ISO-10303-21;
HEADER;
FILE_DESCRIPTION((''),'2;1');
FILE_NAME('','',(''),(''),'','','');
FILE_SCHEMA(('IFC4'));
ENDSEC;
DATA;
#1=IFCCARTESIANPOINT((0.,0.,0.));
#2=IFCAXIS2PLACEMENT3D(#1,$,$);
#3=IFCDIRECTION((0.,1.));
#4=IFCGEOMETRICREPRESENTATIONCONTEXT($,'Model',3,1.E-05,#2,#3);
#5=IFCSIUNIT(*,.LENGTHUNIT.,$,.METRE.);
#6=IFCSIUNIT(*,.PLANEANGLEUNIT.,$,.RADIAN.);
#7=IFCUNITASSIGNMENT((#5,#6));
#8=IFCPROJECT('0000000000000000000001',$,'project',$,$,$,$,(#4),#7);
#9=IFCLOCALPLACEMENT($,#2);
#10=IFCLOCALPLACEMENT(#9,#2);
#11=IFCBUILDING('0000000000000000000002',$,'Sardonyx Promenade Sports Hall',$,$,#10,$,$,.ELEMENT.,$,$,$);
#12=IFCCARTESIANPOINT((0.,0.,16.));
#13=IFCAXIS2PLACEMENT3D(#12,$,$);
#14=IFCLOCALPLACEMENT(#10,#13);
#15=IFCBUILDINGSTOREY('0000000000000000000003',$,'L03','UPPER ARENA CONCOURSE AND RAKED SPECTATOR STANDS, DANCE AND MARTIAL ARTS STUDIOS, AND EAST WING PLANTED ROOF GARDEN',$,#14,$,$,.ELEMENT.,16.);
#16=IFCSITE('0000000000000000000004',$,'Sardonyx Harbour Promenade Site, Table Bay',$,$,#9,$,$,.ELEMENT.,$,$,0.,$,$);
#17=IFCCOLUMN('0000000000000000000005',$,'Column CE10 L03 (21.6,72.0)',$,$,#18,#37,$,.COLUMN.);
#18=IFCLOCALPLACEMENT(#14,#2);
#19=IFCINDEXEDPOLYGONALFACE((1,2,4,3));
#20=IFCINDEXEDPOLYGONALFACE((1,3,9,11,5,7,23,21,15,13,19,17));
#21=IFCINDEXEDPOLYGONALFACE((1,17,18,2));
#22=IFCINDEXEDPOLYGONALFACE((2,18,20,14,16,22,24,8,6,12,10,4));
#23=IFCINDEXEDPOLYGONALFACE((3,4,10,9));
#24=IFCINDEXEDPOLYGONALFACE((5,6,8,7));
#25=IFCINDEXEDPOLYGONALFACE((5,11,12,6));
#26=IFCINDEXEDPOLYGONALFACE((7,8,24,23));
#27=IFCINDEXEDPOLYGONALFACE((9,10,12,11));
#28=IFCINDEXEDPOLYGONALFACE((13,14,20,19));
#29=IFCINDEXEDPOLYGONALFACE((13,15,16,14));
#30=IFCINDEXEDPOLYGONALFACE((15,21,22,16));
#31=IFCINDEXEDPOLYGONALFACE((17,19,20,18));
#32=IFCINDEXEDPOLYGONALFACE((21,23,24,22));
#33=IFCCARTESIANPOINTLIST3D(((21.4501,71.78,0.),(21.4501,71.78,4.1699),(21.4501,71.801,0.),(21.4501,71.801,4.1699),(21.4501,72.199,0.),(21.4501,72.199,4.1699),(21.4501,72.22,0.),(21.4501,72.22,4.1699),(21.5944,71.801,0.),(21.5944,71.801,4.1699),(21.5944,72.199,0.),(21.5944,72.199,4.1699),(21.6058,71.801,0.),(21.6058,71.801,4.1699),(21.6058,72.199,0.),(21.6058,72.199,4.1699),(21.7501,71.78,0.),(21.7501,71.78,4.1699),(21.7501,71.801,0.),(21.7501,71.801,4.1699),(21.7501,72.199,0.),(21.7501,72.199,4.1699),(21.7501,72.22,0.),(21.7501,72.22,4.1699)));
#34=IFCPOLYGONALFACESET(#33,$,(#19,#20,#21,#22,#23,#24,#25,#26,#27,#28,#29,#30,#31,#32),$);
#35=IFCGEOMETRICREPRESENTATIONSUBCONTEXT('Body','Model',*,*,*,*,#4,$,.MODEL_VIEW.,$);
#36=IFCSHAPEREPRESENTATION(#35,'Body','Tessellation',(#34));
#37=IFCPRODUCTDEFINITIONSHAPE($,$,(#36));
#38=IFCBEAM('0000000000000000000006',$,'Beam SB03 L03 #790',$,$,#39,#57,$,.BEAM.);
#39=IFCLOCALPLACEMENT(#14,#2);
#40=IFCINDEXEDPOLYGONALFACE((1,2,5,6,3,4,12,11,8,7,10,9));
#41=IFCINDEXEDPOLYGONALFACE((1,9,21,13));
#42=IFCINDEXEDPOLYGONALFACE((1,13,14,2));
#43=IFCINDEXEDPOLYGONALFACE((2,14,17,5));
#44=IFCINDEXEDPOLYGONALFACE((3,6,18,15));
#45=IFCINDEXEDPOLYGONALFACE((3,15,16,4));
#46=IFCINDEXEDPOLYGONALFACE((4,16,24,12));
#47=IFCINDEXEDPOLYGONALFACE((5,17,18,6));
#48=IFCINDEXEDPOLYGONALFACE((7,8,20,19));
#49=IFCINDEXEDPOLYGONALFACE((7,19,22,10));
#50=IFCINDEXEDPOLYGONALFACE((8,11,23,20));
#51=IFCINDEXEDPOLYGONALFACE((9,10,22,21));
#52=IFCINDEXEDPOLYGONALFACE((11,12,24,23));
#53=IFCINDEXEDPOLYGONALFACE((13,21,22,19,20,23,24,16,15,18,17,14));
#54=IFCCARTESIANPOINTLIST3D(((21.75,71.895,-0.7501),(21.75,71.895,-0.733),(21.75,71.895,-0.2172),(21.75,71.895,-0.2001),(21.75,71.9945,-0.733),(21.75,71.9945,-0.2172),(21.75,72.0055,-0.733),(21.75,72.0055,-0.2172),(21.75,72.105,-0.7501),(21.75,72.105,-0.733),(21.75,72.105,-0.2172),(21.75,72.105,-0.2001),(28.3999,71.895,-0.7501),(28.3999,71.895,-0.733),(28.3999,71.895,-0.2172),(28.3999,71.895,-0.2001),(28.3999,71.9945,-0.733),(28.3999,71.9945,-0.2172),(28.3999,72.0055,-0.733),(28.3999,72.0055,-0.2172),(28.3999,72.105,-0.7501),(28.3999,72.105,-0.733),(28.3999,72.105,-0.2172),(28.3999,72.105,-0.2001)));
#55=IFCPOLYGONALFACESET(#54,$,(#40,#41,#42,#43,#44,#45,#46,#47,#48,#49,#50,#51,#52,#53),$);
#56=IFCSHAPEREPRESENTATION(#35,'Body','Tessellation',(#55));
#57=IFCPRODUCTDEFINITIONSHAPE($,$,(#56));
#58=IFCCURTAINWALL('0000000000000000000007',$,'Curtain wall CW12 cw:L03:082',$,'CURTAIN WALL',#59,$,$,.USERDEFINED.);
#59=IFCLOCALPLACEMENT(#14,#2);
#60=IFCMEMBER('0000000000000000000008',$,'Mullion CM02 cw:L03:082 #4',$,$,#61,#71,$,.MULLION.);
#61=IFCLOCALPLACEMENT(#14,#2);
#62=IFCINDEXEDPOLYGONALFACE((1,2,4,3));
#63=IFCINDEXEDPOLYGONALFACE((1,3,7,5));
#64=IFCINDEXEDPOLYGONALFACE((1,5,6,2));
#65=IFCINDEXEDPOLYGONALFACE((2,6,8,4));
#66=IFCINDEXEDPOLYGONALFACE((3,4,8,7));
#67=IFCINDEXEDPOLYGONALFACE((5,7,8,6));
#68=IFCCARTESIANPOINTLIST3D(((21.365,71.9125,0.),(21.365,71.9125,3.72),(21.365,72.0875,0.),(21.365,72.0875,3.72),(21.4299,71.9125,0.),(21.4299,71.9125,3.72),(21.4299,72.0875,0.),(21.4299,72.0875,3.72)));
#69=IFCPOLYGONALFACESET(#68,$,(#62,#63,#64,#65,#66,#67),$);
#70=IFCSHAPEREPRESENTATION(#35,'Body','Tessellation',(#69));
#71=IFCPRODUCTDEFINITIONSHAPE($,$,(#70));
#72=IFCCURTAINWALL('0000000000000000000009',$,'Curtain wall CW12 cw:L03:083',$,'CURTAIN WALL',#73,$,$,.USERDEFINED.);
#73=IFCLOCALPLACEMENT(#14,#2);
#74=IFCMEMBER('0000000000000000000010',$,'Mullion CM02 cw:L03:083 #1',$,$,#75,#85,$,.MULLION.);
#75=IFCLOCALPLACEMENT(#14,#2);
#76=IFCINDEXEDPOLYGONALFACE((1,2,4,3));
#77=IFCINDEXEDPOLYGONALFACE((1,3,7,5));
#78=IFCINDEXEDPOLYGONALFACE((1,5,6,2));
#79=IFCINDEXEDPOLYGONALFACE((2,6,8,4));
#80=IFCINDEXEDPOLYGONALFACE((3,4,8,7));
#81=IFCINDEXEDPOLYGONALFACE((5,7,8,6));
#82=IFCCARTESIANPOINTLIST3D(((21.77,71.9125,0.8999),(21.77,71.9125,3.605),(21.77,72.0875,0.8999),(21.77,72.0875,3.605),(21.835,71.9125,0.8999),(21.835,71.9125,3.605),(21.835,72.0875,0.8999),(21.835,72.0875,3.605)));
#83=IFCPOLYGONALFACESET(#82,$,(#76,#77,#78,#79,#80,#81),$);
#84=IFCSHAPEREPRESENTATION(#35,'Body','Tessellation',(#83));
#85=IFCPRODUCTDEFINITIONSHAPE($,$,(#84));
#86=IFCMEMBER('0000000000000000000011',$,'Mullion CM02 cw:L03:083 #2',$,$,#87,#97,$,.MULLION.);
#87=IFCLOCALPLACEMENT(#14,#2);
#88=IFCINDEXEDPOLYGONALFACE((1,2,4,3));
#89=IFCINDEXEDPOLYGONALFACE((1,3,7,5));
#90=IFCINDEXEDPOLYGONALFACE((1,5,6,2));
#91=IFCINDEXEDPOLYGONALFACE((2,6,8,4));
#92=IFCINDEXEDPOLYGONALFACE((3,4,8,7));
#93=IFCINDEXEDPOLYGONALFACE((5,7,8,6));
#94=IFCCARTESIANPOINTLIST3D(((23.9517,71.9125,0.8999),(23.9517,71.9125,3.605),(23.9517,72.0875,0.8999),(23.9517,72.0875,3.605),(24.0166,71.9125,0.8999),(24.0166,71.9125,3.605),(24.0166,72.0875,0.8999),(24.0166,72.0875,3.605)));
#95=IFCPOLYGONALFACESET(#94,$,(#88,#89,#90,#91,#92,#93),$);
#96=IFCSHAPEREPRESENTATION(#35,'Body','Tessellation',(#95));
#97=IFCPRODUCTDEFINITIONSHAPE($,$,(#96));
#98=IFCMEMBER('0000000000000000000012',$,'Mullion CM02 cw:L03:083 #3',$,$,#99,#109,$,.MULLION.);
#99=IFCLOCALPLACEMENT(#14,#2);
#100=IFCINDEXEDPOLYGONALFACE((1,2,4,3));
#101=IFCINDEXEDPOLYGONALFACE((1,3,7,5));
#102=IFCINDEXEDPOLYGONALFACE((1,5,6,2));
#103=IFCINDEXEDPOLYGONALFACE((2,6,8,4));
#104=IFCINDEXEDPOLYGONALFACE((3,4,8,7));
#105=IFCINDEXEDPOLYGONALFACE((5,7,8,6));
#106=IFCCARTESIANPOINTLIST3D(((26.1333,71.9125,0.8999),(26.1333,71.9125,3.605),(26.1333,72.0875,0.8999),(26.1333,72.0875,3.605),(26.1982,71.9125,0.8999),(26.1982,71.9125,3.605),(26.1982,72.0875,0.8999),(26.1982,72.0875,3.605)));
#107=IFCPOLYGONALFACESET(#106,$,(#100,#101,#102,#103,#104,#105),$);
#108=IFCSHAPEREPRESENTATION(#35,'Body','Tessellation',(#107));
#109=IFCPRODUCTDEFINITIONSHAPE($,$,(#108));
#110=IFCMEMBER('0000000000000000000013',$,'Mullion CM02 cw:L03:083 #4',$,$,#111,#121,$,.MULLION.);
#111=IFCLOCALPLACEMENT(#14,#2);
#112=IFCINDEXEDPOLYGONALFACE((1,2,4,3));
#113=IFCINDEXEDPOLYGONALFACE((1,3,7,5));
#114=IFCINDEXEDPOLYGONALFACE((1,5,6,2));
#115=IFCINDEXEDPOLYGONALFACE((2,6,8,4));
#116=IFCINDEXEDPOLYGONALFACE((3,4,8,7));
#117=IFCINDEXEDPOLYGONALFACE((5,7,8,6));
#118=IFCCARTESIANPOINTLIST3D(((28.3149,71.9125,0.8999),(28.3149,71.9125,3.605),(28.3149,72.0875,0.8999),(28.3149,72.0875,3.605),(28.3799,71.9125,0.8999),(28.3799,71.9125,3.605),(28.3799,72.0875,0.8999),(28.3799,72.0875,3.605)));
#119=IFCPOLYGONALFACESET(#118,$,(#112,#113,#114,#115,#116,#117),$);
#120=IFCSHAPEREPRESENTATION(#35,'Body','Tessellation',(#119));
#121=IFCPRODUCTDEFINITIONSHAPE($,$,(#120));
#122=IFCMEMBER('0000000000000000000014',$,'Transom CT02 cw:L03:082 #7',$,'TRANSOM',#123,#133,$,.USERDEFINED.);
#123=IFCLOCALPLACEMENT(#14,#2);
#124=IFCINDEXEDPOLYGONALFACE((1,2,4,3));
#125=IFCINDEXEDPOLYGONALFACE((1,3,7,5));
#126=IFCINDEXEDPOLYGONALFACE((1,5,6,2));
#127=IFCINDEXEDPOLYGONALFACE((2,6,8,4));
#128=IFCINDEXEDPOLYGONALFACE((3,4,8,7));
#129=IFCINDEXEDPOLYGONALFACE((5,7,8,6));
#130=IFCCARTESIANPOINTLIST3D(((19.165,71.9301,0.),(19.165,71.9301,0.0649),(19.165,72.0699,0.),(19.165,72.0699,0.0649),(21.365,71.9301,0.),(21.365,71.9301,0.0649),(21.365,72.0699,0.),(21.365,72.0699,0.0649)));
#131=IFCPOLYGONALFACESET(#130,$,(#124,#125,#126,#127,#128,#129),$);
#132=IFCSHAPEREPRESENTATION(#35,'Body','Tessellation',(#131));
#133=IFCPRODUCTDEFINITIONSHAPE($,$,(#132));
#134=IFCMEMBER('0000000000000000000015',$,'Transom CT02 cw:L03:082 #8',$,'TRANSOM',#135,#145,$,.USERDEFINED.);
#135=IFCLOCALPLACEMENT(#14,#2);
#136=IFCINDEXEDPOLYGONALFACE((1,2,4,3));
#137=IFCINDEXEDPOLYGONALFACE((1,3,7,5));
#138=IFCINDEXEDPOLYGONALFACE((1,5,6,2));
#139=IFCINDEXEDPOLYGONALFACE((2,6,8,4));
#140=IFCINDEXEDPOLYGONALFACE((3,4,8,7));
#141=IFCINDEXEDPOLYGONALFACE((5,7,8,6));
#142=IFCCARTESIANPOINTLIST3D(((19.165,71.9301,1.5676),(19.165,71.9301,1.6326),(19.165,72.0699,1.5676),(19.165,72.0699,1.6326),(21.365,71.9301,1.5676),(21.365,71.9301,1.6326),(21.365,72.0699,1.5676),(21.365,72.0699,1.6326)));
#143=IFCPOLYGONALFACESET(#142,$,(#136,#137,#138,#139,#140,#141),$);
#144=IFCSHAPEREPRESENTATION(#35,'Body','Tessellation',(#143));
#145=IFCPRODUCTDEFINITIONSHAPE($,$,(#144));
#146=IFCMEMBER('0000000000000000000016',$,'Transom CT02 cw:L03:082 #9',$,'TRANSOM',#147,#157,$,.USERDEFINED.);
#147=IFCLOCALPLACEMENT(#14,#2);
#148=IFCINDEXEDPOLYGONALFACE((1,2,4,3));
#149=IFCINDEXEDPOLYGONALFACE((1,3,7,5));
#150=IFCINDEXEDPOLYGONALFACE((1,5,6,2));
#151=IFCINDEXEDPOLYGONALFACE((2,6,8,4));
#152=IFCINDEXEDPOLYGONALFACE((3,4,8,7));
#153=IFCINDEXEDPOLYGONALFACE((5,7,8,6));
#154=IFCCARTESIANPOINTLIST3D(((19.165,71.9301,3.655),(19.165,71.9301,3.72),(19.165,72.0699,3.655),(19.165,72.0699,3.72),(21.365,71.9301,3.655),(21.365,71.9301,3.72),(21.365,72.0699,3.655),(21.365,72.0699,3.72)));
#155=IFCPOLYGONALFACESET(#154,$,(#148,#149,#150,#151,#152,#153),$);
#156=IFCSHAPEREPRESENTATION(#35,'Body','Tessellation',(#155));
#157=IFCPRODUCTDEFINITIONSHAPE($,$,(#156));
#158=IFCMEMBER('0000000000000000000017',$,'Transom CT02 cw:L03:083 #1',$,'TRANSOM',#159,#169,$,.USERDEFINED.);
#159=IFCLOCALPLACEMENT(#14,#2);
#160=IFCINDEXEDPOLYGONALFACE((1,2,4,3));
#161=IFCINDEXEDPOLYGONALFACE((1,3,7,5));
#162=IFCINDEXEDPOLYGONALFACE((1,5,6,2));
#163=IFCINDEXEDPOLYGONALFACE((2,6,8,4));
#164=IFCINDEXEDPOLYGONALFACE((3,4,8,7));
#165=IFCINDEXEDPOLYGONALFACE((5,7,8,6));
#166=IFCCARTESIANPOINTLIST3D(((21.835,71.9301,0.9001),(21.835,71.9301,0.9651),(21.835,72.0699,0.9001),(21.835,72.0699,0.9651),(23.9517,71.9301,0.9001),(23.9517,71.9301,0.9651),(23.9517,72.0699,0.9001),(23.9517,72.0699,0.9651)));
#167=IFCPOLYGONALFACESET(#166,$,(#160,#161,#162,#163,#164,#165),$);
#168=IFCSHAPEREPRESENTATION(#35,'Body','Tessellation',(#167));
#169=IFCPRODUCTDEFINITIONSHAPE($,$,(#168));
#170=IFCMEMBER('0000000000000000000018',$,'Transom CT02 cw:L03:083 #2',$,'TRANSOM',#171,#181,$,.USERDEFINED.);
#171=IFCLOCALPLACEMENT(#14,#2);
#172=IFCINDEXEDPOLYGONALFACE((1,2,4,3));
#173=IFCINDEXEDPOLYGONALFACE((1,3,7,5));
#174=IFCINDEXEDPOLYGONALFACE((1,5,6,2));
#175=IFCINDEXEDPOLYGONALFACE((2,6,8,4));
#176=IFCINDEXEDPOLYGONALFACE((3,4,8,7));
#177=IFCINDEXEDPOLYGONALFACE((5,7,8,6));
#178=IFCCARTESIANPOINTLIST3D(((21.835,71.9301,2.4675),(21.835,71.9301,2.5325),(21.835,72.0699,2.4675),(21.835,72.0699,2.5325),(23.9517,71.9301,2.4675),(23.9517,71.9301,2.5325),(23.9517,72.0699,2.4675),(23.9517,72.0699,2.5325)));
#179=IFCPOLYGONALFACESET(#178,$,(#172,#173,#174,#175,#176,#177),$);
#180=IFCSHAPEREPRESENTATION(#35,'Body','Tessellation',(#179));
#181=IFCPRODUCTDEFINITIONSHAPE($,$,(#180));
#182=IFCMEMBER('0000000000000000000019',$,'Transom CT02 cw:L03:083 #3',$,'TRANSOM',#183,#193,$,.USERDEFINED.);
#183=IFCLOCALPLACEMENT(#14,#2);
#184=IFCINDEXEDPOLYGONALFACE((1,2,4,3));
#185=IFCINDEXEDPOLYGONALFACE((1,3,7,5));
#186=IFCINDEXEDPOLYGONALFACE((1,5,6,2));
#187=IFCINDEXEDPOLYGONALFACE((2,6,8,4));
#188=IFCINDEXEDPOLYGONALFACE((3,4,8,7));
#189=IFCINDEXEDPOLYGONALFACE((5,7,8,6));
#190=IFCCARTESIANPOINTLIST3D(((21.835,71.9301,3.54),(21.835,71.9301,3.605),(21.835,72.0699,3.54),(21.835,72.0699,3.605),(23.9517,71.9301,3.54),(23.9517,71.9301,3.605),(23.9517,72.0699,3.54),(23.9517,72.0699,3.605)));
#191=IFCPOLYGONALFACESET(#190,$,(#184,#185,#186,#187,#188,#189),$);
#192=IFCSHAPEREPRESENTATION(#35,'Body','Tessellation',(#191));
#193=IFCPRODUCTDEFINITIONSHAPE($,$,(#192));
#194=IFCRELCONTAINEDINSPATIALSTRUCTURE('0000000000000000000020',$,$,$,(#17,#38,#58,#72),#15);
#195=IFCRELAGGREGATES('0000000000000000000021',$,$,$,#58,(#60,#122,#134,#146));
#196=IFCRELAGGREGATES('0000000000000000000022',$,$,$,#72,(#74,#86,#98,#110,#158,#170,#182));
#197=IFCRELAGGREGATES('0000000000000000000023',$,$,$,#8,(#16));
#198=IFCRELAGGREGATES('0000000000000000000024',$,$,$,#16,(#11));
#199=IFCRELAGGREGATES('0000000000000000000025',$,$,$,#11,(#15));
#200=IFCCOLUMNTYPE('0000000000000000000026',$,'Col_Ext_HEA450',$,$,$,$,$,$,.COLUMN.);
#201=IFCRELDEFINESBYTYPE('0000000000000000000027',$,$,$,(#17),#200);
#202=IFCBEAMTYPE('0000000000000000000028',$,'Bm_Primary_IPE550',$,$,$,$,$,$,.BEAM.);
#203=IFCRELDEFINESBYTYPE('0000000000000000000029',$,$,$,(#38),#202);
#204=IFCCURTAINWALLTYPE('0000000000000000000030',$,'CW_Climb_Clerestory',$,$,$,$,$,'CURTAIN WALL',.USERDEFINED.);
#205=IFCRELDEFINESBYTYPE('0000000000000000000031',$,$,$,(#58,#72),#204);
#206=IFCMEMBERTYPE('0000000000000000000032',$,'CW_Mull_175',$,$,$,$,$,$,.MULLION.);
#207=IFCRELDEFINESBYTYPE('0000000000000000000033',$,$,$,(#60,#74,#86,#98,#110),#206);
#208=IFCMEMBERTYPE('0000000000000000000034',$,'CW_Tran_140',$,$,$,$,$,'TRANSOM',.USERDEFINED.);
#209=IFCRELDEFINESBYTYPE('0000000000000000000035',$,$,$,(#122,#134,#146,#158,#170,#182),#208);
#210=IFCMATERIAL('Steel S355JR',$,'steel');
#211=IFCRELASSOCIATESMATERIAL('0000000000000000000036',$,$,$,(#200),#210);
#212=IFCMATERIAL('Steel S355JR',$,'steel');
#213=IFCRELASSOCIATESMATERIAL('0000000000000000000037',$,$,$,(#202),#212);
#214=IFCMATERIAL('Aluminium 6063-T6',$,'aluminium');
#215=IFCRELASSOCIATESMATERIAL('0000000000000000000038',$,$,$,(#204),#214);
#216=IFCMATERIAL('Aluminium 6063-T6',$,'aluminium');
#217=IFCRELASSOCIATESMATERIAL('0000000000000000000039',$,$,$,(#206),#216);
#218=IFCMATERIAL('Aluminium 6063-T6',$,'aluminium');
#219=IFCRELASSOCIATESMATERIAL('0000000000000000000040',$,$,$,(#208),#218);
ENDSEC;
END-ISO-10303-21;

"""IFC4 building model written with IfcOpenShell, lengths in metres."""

from ifc_helpers import new_model, si_unit, direction, frame, origin, origin_2d, place, context, subcontext, project, spatial, rectangle, i_section, extrude, material, material_profile, profile_set, type_object, element, aggregate, save


model = new_model("IFC4")

# Units and contexts
model_context = context("Model", 3, precision=1e-05, world=origin(), true_north=direction((0.0, 1.0)))
body_context = subcontext(model_context, "Body", "Model", "MODEL_VIEW")
ifc_project = project(units=[si_unit("LENGTHUNIT", "METRE"), si_unit("PLANEANGLEUNIT", "RADIAN")], contexts=[model_context])

# Site, building, storey
site_placement = place(None, origin())
site = spatial("IfcSite", under=ifc_project, at=site_placement, Name="Sardonyx Harbour Promenade Site, Table Bay", CompositionType="ELEMENT", RefElevation=0.0)
building_placement = place(site_placement, origin())
building = spatial("IfcBuilding", under=site, at=building_placement, Name="Sardonyx Promenade Sports Hall", CompositionType="ELEMENT")
storey_placement = place(building_placement, frame((0.0, 0.0, 16.0)))
storey = spatial("IfcBuildingStorey", under=building, at=storey_placement, Name="L03", Description="UPPER ARENA CONCOURSE AND RAKED SPECTATOR STANDS, DANCE AND MARTIAL ARTS STUDIOS, AND EAST WING PLANTED ROOF GARDEN", CompositionType="ELEMENT", Elevation=16.0)

# Column
ifc_material_1 = material(Name="Steel S355JR", Category="steel")
ifc_material_profile_1 = material_profile(ifc_material_1, i_section(OverallWidth=0.3, OverallDepth=0.4399, WebThickness=0.0115, FlangeThickness=0.021, at=origin_2d()))
ifc_profile_set_1 = profile_set([ifc_material_profile_1], Name="Steel S355JR")
column_type = type_object("IfcColumnType", Name="Col_Ext_HEA450", PredefinedType="COLUMN", material=ifc_profile_set_1)
column_placement = place(storey_placement, frame((21.6001, 72.0, 0.0), z_axis=(0.0, 0.0, 1.0), x_axis=(1.0, 0.0, 0.0)))
element("IfcColumn", 1, at=column_placement, inside=storey, type_object=column_type, Name="Column CE10 L03 (21.6,72.0)", PredefinedType="COLUMN", context=body_context, shape_type="SweptSolid", body=[
    extrude(i_section(OverallWidth=0.3, OverallDepth=0.4399, WebThickness=0.0115, FlangeThickness=0.021, at=origin_2d()), origin(), (0.0, 0.0, 1.0), 4.1699),
])

# Beam
ifc_material_2 = material(Name="Steel S355JR", Category="steel")
ifc_material_profile_2 = material_profile(ifc_material_2, i_section(OverallWidth=0.21, OverallDepth=0.55, WebThickness=0.011, FlangeThickness=0.0171, at=origin_2d()))
ifc_profile_set_2 = profile_set([ifc_material_profile_2], Name="Steel S355JR")
beam_type = type_object("IfcBeamType", Name="Bm_Primary_IPE550", PredefinedType="BEAM", material=ifc_profile_set_2)
beam_placement = place(storey_placement, frame((21.75, 72.0, -0.4751), z_axis=(1.0, 0.0, 0.0), x_axis=(0.0, 1.0, 0.0)))
element("IfcBeam", 2, at=beam_placement, inside=storey, type_object=beam_type, Name="Beam SB03 L03 #790", PredefinedType="BEAM", context=body_context, shape_type="SweptSolid", body=[
    extrude(i_section(OverallWidth=0.21, OverallDepth=0.55, WebThickness=0.011, FlangeThickness=0.0171, at=origin_2d()), origin(), (0.0, 0.0, 1.0), 6.6499),
])

# Curtain wall, member
ifc_material_3 = material(Name="Aluminium 6063-T6", Category="aluminium")
curtain_wall_type = type_object("IfcCurtainWallType", Name="CW_Climb_Clerestory", ElementType="CURTAIN WALL", PredefinedType="USERDEFINED", material=ifc_material_3)
curtain_wall_1_placement = place(storey_placement, origin())
curtain_wall_1 = element("IfcCurtainWall", 3, at=curtain_wall_1_placement, inside=storey, type_object=curtain_wall_type, Name="Curtain wall CW12 cw:L03:082", ObjectType="CURTAIN WALL", PredefinedType="USERDEFINED")
ifc_material_4 = material(Name="Aluminium 6063-T6", Category="aluminium")
ifc_material_profile_3 = material_profile(ifc_material_4, rectangle(XDim=0.0649, YDim=0.175, at=origin_2d()))
ifc_profile_set_3 = profile_set([ifc_material_profile_3], Name="Aluminium 6063-T6")
member_type_1 = type_object("IfcMemberType", Name="CW_Mull_175", PredefinedType="MULLION", material=ifc_profile_set_3)
member_1_placement = place(storey_placement, frame((21.3975, 72.0, 0.0), z_axis=(0.0, 0.0, 1.0), x_axis=(1.0, 0.0, 0.0)))
member_1 = element("IfcMember", 4, at=member_1_placement, type_object=member_type_1, Name="Mullion CM02 cw:L03:082 #4", PredefinedType="MULLION", context=body_context, shape_type="SweptSolid", body=[
    extrude(rectangle(XDim=0.0649, YDim=0.175, at=origin_2d()), origin(), (0.0, 0.0, 1.0), 3.72),
])

# Curtain wall, members
curtain_wall_2_placement = place(storey_placement, origin())
curtain_wall_2 = element("IfcCurtainWall", 5, at=curtain_wall_2_placement, inside=storey, type_object=curtain_wall_type, Name="Curtain wall CW12 cw:L03:083", ObjectType="CURTAIN WALL", PredefinedType="USERDEFINED")
member_2_placement = place(storey_placement, frame((21.8025, 72.0, 0.8999), z_axis=(0.0, 0.0, 1.0), x_axis=(1.0, 0.0, 0.0)))
member_2 = element("IfcMember", 6, at=member_2_placement, type_object=member_type_1, Name="Mullion CM02 cw:L03:083 #1", PredefinedType="MULLION", context=body_context, shape_type="SweptSolid", body=[
    extrude(rectangle(XDim=0.0649, YDim=0.175, at=origin_2d()), origin(), (0.0, 0.0, 1.0), 2.7051),
])
member_3_placement = place(storey_placement, frame((23.9841, 72.0, 0.8999), z_axis=(0.0, 0.0, 1.0), x_axis=(1.0, 0.0, 0.0)))
member_3 = element("IfcMember", 7, at=member_3_placement, type_object=member_type_1, Name="Mullion CM02 cw:L03:083 #2", PredefinedType="MULLION", context=body_context, shape_type="SweptSolid", body=[
    extrude(rectangle(XDim=0.0649, YDim=0.175, at=origin_2d()), origin(), (0.0, 0.0, 1.0), 2.7051),
])
member_4_placement = place(storey_placement, frame((26.1658, 72.0, 0.8999), z_axis=(0.0, 0.0, 1.0), x_axis=(1.0, 0.0, 0.0)))
member_4 = element("IfcMember", 8, at=member_4_placement, type_object=member_type_1, Name="Mullion CM02 cw:L03:083 #3", PredefinedType="MULLION", context=body_context, shape_type="SweptSolid", body=[
    extrude(rectangle(XDim=0.0649, YDim=0.175, at=origin_2d()), origin(), (0.0, 0.0, 1.0), 2.7051),
])
member_5_placement = place(storey_placement, frame((28.3474, 72.0, 0.8999), z_axis=(0.0, 0.0, 1.0), x_axis=(1.0, 0.0, 0.0)))
member_5 = element("IfcMember", 9, at=member_5_placement, type_object=member_type_1, Name="Mullion CM02 cw:L03:083 #4", PredefinedType="MULLION", context=body_context, shape_type="SweptSolid", body=[
    extrude(rectangle(XDim=0.0649, YDim=0.175, at=origin_2d()), origin(), (0.0, 0.0, 1.0), 2.7051),
])

# Members
ifc_material_5 = material(Name="Aluminium 6063-T6", Category="aluminium")
ifc_material_profile_4 = material_profile(ifc_material_5, rectangle(XDim=0.0649, YDim=0.1399, at=origin_2d()))
ifc_profile_set_4 = profile_set([ifc_material_profile_4], Name="Aluminium 6063-T6")
member_type_2 = type_object("IfcMemberType", Name="CW_Tran_140", ElementType="TRANSOM", PredefinedType="USERDEFINED", material=ifc_profile_set_4)
member_6_placement = place(storey_placement, frame((19.165, 72.0, 0.0325), z_axis=(1.0, 0.0, 0.0), x_axis=(0.0, 0.0, 1.0)))
member_6 = element("IfcMember", 10, at=member_6_placement, type_object=member_type_2, Name="Transom CT02 cw:L03:082 #7", ObjectType="TRANSOM", PredefinedType="USERDEFINED", context=body_context, shape_type="SweptSolid", body=[
    extrude(rectangle(XDim=0.0649, YDim=0.1399, at=origin_2d()), origin(), (0.0, 0.0, 1.0), 2.2),
])
member_7_placement = place(storey_placement, frame((19.165, 72.0, 1.6001), z_axis=(1.0, 0.0, 0.0), x_axis=(0.0, 0.0, 1.0)))
member_7 = element("IfcMember", 11, at=member_7_placement, type_object=member_type_2, Name="Transom CT02 cw:L03:082 #8", ObjectType="TRANSOM", PredefinedType="USERDEFINED", context=body_context, shape_type="SweptSolid", body=[
    extrude(rectangle(XDim=0.0649, YDim=0.1399, at=origin_2d()), origin(), (0.0, 0.0, 1.0), 2.2),
])
member_8_placement = place(storey_placement, frame((19.165, 72.0, 3.6875), z_axis=(1.0, 0.0, 0.0), x_axis=(0.0, 0.0, 1.0)))
member_8 = element("IfcMember", 12, at=member_8_placement, type_object=member_type_2, Name="Transom CT02 cw:L03:082 #9", ObjectType="TRANSOM", PredefinedType="USERDEFINED", context=body_context, shape_type="SweptSolid", body=[
    extrude(rectangle(XDim=0.0649, YDim=0.1399, at=origin_2d()), origin(), (0.0, 0.0, 1.0), 2.2),
])
member_9_placement = place(storey_placement, frame((21.835, 72.0, 0.9326), z_axis=(1.0, 0.0, 0.0), x_axis=(0.0, 0.0, 1.0)))
member_9 = element("IfcMember", 13, at=member_9_placement, type_object=member_type_2, Name="Transom CT02 cw:L03:083 #1", ObjectType="TRANSOM", PredefinedType="USERDEFINED", context=body_context, shape_type="SweptSolid", body=[
    extrude(rectangle(XDim=0.0649, YDim=0.1399, at=origin_2d()), origin(), (0.0, 0.0, 1.0), 2.1167),
])
member_10_placement = place(storey_placement, frame((21.835, 72.0, 2.5), z_axis=(1.0, 0.0, 0.0), x_axis=(0.0, 0.0, 1.0)))
member_10 = element("IfcMember", 14, at=member_10_placement, type_object=member_type_2, Name="Transom CT02 cw:L03:083 #2", ObjectType="TRANSOM", PredefinedType="USERDEFINED", context=body_context, shape_type="SweptSolid", body=[
    extrude(rectangle(XDim=0.0649, YDim=0.1399, at=origin_2d()), origin(), (0.0, 0.0, 1.0), 2.1167),
])
member_11_placement = place(storey_placement, frame((21.835, 72.0, 3.5725), z_axis=(1.0, 0.0, 0.0), x_axis=(0.0, 0.0, 1.0)))
member_11 = element("IfcMember", 15, at=member_11_placement, type_object=member_type_2, Name="Transom CT02 cw:L03:083 #3", ObjectType="TRANSOM", PredefinedType="USERDEFINED", context=body_context, shape_type="SweptSolid", body=[
    extrude(rectangle(XDim=0.0649, YDim=0.1399, at=origin_2d()), origin(), (0.0, 0.0, 1.0), 2.1167),
])

aggregate(curtain_wall_1, [member_1, member_6, member_7, member_8])
aggregate(curtain_wall_2, [member_2, member_3, member_4, member_5, member_9, member_10, member_11])

save(model, "model.ifc")
